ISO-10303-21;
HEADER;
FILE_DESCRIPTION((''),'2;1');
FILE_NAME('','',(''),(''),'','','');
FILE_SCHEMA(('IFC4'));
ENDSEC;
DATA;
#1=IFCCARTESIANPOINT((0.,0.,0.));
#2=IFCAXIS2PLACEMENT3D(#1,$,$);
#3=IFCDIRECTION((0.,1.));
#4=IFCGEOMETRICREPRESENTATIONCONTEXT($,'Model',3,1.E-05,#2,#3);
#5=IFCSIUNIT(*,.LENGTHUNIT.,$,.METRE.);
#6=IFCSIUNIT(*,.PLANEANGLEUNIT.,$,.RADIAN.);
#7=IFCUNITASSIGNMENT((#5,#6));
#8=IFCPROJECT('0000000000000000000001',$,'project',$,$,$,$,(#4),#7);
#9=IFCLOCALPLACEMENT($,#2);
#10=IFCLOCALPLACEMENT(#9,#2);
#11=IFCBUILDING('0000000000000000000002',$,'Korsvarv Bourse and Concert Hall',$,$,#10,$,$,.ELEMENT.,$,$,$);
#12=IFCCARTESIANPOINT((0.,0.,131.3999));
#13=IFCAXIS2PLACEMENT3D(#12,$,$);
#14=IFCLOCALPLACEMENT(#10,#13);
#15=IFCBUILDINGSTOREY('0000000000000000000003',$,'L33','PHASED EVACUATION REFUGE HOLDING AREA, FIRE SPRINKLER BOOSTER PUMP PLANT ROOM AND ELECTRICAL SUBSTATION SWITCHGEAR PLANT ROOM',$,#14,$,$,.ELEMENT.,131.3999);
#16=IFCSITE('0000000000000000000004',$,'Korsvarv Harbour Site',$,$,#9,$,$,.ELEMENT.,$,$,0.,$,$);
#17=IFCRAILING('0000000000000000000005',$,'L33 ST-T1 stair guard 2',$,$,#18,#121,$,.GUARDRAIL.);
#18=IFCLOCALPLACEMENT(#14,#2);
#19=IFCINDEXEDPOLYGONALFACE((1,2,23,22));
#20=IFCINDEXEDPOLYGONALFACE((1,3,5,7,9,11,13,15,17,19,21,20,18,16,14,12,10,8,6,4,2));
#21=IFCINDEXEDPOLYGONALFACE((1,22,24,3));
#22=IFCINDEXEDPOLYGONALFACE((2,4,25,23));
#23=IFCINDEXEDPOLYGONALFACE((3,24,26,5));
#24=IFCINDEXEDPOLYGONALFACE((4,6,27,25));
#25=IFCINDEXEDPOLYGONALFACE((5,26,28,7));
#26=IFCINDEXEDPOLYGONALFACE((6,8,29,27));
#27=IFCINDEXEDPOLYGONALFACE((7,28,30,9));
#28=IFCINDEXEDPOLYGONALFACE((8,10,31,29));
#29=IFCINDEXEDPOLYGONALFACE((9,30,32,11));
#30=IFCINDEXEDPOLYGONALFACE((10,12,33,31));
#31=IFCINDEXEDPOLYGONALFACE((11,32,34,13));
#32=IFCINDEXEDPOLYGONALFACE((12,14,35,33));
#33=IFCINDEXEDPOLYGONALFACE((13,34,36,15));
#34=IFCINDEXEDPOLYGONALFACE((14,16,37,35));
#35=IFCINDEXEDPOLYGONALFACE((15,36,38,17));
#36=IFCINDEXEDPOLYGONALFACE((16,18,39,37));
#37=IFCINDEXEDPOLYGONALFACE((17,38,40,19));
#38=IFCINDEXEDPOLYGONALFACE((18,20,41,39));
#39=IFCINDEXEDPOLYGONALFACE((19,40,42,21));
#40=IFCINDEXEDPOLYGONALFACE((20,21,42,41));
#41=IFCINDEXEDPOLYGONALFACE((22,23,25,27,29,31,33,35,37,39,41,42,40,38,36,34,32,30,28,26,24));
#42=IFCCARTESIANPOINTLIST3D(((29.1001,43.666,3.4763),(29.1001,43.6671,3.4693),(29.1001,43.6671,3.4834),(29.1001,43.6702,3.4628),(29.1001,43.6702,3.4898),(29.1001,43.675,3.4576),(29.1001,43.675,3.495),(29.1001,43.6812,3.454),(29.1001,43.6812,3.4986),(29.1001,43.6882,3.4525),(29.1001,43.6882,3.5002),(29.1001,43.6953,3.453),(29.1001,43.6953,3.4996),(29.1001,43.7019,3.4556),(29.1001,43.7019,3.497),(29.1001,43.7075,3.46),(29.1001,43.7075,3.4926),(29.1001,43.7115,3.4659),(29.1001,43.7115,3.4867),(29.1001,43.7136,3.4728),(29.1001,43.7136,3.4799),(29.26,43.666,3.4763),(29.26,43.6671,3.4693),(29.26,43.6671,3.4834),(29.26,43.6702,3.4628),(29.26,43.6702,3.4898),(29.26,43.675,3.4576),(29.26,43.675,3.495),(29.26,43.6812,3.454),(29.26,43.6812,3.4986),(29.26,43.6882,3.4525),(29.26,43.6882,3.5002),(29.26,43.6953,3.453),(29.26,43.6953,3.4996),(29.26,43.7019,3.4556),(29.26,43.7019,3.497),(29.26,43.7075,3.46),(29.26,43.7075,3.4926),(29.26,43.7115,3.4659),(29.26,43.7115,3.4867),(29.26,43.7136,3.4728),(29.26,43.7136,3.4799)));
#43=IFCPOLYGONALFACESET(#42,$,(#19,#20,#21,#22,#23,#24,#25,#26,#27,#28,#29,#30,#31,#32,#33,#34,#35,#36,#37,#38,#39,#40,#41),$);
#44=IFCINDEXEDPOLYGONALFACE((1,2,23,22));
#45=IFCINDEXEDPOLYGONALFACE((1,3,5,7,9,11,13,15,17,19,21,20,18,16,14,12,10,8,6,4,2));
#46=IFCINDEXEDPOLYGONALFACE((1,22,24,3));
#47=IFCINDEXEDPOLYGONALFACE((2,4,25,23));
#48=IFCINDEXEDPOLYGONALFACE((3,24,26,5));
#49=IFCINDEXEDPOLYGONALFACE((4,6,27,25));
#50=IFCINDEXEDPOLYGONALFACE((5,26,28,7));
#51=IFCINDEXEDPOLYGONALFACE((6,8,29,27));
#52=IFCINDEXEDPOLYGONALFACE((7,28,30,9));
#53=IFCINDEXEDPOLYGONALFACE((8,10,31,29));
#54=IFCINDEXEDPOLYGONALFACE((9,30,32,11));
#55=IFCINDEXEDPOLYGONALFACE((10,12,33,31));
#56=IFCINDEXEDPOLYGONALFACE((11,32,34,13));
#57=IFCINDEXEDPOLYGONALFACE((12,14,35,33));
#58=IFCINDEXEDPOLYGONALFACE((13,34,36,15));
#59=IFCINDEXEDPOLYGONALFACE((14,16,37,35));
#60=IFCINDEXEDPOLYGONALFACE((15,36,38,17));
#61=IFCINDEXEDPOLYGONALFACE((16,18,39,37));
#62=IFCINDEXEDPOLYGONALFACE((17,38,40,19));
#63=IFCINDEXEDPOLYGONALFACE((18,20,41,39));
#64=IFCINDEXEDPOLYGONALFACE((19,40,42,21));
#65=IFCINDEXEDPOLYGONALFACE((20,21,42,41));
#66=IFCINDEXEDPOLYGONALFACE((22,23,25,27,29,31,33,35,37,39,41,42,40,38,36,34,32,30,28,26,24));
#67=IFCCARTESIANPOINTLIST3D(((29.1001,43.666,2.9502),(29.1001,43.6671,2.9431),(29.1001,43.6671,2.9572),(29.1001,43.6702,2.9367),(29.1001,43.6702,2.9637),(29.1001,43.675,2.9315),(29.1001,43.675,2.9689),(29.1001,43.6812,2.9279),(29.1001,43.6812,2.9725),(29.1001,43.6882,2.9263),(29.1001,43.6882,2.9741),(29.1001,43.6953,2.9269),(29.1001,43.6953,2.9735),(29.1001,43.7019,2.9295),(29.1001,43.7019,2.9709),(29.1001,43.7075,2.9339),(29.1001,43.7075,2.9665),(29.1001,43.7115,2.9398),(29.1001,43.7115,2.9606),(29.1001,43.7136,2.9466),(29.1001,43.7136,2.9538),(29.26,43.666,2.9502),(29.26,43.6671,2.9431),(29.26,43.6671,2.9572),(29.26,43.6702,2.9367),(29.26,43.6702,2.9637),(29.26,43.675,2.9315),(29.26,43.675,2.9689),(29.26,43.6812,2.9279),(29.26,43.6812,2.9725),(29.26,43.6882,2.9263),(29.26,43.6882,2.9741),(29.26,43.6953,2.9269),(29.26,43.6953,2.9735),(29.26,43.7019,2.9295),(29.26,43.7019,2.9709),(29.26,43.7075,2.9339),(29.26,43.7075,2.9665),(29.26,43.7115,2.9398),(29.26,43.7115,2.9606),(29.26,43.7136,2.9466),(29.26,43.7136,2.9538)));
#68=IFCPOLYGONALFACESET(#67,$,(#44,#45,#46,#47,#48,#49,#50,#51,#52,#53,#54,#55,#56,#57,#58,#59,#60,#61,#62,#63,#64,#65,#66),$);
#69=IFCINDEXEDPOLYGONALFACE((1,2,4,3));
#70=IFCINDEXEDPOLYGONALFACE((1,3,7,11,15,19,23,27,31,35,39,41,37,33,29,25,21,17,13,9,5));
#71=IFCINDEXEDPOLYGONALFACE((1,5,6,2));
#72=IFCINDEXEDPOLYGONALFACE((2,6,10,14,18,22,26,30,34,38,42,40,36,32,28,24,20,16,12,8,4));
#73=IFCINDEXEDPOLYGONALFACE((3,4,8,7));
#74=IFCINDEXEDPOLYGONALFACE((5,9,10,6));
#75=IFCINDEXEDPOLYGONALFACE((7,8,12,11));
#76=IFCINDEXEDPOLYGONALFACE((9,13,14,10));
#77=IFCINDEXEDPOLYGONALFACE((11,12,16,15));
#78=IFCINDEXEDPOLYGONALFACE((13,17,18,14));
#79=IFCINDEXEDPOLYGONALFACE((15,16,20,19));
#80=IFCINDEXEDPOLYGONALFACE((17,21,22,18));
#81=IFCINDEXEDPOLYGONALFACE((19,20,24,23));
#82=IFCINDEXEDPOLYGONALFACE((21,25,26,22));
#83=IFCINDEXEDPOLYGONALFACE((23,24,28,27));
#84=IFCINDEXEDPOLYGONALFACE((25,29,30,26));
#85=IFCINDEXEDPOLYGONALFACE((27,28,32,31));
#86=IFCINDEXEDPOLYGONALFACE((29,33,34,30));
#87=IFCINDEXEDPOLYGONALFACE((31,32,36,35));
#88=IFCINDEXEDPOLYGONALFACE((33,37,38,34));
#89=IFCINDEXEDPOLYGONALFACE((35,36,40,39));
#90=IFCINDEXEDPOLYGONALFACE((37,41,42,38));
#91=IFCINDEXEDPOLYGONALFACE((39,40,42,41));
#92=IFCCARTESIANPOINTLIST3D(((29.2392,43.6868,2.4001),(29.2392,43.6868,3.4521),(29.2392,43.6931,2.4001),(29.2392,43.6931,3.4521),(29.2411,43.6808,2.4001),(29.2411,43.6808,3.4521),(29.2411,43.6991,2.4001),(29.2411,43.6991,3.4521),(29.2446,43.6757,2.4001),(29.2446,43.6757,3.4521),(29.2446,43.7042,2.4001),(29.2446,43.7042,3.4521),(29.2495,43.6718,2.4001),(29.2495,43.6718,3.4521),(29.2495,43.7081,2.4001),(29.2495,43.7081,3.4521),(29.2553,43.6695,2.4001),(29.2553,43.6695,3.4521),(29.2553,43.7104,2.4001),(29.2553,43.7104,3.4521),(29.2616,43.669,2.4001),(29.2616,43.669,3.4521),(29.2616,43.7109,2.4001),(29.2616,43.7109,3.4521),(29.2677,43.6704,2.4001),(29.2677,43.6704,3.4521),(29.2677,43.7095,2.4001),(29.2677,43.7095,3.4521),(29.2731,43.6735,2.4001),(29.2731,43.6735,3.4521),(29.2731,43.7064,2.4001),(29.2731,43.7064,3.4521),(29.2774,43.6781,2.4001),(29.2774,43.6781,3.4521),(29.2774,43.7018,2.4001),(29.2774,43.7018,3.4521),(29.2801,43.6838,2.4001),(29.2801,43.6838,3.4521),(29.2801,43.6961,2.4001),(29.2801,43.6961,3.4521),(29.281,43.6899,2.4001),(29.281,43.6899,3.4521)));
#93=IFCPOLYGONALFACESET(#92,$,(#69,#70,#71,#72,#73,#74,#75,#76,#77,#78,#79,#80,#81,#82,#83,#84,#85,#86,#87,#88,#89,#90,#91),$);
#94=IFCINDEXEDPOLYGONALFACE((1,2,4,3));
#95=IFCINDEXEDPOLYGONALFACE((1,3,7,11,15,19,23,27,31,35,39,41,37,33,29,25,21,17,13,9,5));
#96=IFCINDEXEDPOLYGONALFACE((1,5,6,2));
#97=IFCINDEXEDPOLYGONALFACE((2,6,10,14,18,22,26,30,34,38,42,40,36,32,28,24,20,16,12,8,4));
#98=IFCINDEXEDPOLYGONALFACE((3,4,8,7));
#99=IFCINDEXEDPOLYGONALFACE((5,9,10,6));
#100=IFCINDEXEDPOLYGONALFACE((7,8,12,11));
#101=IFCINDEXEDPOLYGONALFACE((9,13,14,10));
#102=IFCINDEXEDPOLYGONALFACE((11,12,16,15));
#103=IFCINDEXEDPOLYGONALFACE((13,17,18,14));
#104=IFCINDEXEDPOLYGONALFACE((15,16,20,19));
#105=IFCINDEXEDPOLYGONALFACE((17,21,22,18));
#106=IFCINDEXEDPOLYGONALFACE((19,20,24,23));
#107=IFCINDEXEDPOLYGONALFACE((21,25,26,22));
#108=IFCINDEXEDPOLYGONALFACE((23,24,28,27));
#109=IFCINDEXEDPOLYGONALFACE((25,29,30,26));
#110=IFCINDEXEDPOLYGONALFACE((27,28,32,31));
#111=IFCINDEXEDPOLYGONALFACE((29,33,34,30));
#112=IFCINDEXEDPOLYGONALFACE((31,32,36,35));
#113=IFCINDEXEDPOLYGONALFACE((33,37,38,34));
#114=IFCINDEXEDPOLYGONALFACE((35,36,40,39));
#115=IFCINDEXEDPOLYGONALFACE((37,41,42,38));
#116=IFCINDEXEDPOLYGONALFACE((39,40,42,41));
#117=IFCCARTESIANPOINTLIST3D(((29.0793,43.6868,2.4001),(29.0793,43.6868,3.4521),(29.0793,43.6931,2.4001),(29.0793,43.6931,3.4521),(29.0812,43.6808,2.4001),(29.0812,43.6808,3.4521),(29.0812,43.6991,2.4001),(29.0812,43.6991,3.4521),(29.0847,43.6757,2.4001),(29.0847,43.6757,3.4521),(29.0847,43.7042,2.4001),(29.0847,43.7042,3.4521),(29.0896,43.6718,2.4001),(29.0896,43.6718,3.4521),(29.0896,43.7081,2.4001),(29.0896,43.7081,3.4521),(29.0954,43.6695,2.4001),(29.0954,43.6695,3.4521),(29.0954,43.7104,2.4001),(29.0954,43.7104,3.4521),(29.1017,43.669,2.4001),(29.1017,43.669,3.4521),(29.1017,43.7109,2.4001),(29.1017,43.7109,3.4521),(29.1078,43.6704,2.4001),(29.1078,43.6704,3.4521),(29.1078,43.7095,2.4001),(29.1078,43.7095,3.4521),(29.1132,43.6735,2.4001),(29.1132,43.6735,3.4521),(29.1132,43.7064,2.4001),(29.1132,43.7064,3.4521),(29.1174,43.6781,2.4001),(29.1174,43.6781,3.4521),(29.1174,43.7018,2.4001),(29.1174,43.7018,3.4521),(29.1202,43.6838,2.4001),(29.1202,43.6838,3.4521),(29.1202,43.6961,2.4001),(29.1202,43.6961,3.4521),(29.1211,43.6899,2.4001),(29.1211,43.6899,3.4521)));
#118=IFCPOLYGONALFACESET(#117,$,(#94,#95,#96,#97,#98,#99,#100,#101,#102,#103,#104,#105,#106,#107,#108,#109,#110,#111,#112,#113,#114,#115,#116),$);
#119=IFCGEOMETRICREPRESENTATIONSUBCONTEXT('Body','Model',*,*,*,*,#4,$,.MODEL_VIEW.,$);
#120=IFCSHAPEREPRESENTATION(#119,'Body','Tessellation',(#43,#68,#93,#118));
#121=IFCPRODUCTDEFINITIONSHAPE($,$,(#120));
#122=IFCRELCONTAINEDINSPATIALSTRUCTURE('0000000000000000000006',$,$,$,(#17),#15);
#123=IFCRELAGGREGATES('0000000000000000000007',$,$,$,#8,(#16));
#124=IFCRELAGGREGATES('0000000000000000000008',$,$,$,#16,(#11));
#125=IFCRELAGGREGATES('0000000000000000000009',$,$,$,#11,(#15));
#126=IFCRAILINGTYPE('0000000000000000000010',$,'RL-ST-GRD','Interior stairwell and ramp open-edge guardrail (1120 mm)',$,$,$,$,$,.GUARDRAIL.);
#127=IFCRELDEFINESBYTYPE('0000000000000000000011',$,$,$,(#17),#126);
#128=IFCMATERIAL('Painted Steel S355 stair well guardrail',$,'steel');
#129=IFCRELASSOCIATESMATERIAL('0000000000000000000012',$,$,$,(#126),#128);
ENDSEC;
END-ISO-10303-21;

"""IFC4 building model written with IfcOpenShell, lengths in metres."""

from ifc_helpers import new_model, si_unit, direction, frame, origin, origin_2d, place, context, subcontext, project, spatial, circle, extrude, material, type_object, element, save


model = new_model("IFC4")

# Units and contexts
model_context = context("Model", 3, precision=1e-05, world=origin(), true_north=direction((0.0, 1.0)))
body_context = subcontext(model_context, "Body", "Model", "MODEL_VIEW")
ifc_project = project(units=[si_unit("LENGTHUNIT", "METRE"), si_unit("PLANEANGLEUNIT", "RADIAN")], contexts=[model_context])

# Site, building, storey
site_placement = place(None, origin())
site = spatial("IfcSite", under=ifc_project, at=site_placement, Name="Korsvarv Harbour Site", CompositionType="ELEMENT", RefElevation=0.0)
building_placement = place(site_placement, origin())
building = spatial("IfcBuilding", under=site, at=building_placement, Name="Korsvarv Bourse and Concert Hall", CompositionType="ELEMENT")
storey_placement = place(building_placement, frame((0.0, 0.0, 131.3999)))
storey = spatial("IfcBuildingStorey", under=building, at=storey_placement, Name="L33", Description="PHASED EVACUATION REFUGE HOLDING AREA, FIRE SPRINKLER BOOSTER PUMP PLANT ROOM AND ELECTRICAL SUBSTATION SWITCHGEAR PLANT ROOM", CompositionType="ELEMENT", Elevation=131.3999)

# Railing
ifc_material_1 = material(Name="Painted Steel S355 stair well guardrail", Category="steel")
railing_type_1 = type_object("IfcRailingType", Name="RL-ST-GRD", Description="Interior stairwell and ramp open-edge guardrail (1120 mm)", PredefinedType="GUARDRAIL", material=ifc_material_1)
railing_1_placement = place(storey_placement, frame((29.26, 43.6899, 2.4001)))
element("IfcRailing", 1, at=railing_1_placement, inside=storey, type_object=railing_type_1, Name="L33 ST-T1 stair guard 2", PredefinedType="GUARDRAIL", context=body_context, shape_type="SweptSolid", body=[
    extrude(circle(Radius=0.0239, at=origin_2d()), frame((0.0, 0.0, 1.0762), z_axis=(-1.0, 0.0, 0.0), x_axis=(0.0, -1.0, 0.0)), (0.0, 0.0, 1.0), 0.1599),
    extrude(circle(Radius=0.0239, at=origin_2d()), frame((0.0, 0.0, 0.55), z_axis=(-1.0, 0.0, 0.0), x_axis=(0.0, -1.0, 0.0)), (0.0, 0.0, 1.0), 0.1599),
    extrude(circle(Radius=0.021, at=origin_2d()), origin(), (0.0, 0.0, 1.0), 1.052),
    extrude(circle(Radius=0.021, at=origin_2d()), frame((-0.1599, 0.0, 0.0)), (0.0, 0.0, 1.0), 1.052),
])

save(model, "model.ifc")
